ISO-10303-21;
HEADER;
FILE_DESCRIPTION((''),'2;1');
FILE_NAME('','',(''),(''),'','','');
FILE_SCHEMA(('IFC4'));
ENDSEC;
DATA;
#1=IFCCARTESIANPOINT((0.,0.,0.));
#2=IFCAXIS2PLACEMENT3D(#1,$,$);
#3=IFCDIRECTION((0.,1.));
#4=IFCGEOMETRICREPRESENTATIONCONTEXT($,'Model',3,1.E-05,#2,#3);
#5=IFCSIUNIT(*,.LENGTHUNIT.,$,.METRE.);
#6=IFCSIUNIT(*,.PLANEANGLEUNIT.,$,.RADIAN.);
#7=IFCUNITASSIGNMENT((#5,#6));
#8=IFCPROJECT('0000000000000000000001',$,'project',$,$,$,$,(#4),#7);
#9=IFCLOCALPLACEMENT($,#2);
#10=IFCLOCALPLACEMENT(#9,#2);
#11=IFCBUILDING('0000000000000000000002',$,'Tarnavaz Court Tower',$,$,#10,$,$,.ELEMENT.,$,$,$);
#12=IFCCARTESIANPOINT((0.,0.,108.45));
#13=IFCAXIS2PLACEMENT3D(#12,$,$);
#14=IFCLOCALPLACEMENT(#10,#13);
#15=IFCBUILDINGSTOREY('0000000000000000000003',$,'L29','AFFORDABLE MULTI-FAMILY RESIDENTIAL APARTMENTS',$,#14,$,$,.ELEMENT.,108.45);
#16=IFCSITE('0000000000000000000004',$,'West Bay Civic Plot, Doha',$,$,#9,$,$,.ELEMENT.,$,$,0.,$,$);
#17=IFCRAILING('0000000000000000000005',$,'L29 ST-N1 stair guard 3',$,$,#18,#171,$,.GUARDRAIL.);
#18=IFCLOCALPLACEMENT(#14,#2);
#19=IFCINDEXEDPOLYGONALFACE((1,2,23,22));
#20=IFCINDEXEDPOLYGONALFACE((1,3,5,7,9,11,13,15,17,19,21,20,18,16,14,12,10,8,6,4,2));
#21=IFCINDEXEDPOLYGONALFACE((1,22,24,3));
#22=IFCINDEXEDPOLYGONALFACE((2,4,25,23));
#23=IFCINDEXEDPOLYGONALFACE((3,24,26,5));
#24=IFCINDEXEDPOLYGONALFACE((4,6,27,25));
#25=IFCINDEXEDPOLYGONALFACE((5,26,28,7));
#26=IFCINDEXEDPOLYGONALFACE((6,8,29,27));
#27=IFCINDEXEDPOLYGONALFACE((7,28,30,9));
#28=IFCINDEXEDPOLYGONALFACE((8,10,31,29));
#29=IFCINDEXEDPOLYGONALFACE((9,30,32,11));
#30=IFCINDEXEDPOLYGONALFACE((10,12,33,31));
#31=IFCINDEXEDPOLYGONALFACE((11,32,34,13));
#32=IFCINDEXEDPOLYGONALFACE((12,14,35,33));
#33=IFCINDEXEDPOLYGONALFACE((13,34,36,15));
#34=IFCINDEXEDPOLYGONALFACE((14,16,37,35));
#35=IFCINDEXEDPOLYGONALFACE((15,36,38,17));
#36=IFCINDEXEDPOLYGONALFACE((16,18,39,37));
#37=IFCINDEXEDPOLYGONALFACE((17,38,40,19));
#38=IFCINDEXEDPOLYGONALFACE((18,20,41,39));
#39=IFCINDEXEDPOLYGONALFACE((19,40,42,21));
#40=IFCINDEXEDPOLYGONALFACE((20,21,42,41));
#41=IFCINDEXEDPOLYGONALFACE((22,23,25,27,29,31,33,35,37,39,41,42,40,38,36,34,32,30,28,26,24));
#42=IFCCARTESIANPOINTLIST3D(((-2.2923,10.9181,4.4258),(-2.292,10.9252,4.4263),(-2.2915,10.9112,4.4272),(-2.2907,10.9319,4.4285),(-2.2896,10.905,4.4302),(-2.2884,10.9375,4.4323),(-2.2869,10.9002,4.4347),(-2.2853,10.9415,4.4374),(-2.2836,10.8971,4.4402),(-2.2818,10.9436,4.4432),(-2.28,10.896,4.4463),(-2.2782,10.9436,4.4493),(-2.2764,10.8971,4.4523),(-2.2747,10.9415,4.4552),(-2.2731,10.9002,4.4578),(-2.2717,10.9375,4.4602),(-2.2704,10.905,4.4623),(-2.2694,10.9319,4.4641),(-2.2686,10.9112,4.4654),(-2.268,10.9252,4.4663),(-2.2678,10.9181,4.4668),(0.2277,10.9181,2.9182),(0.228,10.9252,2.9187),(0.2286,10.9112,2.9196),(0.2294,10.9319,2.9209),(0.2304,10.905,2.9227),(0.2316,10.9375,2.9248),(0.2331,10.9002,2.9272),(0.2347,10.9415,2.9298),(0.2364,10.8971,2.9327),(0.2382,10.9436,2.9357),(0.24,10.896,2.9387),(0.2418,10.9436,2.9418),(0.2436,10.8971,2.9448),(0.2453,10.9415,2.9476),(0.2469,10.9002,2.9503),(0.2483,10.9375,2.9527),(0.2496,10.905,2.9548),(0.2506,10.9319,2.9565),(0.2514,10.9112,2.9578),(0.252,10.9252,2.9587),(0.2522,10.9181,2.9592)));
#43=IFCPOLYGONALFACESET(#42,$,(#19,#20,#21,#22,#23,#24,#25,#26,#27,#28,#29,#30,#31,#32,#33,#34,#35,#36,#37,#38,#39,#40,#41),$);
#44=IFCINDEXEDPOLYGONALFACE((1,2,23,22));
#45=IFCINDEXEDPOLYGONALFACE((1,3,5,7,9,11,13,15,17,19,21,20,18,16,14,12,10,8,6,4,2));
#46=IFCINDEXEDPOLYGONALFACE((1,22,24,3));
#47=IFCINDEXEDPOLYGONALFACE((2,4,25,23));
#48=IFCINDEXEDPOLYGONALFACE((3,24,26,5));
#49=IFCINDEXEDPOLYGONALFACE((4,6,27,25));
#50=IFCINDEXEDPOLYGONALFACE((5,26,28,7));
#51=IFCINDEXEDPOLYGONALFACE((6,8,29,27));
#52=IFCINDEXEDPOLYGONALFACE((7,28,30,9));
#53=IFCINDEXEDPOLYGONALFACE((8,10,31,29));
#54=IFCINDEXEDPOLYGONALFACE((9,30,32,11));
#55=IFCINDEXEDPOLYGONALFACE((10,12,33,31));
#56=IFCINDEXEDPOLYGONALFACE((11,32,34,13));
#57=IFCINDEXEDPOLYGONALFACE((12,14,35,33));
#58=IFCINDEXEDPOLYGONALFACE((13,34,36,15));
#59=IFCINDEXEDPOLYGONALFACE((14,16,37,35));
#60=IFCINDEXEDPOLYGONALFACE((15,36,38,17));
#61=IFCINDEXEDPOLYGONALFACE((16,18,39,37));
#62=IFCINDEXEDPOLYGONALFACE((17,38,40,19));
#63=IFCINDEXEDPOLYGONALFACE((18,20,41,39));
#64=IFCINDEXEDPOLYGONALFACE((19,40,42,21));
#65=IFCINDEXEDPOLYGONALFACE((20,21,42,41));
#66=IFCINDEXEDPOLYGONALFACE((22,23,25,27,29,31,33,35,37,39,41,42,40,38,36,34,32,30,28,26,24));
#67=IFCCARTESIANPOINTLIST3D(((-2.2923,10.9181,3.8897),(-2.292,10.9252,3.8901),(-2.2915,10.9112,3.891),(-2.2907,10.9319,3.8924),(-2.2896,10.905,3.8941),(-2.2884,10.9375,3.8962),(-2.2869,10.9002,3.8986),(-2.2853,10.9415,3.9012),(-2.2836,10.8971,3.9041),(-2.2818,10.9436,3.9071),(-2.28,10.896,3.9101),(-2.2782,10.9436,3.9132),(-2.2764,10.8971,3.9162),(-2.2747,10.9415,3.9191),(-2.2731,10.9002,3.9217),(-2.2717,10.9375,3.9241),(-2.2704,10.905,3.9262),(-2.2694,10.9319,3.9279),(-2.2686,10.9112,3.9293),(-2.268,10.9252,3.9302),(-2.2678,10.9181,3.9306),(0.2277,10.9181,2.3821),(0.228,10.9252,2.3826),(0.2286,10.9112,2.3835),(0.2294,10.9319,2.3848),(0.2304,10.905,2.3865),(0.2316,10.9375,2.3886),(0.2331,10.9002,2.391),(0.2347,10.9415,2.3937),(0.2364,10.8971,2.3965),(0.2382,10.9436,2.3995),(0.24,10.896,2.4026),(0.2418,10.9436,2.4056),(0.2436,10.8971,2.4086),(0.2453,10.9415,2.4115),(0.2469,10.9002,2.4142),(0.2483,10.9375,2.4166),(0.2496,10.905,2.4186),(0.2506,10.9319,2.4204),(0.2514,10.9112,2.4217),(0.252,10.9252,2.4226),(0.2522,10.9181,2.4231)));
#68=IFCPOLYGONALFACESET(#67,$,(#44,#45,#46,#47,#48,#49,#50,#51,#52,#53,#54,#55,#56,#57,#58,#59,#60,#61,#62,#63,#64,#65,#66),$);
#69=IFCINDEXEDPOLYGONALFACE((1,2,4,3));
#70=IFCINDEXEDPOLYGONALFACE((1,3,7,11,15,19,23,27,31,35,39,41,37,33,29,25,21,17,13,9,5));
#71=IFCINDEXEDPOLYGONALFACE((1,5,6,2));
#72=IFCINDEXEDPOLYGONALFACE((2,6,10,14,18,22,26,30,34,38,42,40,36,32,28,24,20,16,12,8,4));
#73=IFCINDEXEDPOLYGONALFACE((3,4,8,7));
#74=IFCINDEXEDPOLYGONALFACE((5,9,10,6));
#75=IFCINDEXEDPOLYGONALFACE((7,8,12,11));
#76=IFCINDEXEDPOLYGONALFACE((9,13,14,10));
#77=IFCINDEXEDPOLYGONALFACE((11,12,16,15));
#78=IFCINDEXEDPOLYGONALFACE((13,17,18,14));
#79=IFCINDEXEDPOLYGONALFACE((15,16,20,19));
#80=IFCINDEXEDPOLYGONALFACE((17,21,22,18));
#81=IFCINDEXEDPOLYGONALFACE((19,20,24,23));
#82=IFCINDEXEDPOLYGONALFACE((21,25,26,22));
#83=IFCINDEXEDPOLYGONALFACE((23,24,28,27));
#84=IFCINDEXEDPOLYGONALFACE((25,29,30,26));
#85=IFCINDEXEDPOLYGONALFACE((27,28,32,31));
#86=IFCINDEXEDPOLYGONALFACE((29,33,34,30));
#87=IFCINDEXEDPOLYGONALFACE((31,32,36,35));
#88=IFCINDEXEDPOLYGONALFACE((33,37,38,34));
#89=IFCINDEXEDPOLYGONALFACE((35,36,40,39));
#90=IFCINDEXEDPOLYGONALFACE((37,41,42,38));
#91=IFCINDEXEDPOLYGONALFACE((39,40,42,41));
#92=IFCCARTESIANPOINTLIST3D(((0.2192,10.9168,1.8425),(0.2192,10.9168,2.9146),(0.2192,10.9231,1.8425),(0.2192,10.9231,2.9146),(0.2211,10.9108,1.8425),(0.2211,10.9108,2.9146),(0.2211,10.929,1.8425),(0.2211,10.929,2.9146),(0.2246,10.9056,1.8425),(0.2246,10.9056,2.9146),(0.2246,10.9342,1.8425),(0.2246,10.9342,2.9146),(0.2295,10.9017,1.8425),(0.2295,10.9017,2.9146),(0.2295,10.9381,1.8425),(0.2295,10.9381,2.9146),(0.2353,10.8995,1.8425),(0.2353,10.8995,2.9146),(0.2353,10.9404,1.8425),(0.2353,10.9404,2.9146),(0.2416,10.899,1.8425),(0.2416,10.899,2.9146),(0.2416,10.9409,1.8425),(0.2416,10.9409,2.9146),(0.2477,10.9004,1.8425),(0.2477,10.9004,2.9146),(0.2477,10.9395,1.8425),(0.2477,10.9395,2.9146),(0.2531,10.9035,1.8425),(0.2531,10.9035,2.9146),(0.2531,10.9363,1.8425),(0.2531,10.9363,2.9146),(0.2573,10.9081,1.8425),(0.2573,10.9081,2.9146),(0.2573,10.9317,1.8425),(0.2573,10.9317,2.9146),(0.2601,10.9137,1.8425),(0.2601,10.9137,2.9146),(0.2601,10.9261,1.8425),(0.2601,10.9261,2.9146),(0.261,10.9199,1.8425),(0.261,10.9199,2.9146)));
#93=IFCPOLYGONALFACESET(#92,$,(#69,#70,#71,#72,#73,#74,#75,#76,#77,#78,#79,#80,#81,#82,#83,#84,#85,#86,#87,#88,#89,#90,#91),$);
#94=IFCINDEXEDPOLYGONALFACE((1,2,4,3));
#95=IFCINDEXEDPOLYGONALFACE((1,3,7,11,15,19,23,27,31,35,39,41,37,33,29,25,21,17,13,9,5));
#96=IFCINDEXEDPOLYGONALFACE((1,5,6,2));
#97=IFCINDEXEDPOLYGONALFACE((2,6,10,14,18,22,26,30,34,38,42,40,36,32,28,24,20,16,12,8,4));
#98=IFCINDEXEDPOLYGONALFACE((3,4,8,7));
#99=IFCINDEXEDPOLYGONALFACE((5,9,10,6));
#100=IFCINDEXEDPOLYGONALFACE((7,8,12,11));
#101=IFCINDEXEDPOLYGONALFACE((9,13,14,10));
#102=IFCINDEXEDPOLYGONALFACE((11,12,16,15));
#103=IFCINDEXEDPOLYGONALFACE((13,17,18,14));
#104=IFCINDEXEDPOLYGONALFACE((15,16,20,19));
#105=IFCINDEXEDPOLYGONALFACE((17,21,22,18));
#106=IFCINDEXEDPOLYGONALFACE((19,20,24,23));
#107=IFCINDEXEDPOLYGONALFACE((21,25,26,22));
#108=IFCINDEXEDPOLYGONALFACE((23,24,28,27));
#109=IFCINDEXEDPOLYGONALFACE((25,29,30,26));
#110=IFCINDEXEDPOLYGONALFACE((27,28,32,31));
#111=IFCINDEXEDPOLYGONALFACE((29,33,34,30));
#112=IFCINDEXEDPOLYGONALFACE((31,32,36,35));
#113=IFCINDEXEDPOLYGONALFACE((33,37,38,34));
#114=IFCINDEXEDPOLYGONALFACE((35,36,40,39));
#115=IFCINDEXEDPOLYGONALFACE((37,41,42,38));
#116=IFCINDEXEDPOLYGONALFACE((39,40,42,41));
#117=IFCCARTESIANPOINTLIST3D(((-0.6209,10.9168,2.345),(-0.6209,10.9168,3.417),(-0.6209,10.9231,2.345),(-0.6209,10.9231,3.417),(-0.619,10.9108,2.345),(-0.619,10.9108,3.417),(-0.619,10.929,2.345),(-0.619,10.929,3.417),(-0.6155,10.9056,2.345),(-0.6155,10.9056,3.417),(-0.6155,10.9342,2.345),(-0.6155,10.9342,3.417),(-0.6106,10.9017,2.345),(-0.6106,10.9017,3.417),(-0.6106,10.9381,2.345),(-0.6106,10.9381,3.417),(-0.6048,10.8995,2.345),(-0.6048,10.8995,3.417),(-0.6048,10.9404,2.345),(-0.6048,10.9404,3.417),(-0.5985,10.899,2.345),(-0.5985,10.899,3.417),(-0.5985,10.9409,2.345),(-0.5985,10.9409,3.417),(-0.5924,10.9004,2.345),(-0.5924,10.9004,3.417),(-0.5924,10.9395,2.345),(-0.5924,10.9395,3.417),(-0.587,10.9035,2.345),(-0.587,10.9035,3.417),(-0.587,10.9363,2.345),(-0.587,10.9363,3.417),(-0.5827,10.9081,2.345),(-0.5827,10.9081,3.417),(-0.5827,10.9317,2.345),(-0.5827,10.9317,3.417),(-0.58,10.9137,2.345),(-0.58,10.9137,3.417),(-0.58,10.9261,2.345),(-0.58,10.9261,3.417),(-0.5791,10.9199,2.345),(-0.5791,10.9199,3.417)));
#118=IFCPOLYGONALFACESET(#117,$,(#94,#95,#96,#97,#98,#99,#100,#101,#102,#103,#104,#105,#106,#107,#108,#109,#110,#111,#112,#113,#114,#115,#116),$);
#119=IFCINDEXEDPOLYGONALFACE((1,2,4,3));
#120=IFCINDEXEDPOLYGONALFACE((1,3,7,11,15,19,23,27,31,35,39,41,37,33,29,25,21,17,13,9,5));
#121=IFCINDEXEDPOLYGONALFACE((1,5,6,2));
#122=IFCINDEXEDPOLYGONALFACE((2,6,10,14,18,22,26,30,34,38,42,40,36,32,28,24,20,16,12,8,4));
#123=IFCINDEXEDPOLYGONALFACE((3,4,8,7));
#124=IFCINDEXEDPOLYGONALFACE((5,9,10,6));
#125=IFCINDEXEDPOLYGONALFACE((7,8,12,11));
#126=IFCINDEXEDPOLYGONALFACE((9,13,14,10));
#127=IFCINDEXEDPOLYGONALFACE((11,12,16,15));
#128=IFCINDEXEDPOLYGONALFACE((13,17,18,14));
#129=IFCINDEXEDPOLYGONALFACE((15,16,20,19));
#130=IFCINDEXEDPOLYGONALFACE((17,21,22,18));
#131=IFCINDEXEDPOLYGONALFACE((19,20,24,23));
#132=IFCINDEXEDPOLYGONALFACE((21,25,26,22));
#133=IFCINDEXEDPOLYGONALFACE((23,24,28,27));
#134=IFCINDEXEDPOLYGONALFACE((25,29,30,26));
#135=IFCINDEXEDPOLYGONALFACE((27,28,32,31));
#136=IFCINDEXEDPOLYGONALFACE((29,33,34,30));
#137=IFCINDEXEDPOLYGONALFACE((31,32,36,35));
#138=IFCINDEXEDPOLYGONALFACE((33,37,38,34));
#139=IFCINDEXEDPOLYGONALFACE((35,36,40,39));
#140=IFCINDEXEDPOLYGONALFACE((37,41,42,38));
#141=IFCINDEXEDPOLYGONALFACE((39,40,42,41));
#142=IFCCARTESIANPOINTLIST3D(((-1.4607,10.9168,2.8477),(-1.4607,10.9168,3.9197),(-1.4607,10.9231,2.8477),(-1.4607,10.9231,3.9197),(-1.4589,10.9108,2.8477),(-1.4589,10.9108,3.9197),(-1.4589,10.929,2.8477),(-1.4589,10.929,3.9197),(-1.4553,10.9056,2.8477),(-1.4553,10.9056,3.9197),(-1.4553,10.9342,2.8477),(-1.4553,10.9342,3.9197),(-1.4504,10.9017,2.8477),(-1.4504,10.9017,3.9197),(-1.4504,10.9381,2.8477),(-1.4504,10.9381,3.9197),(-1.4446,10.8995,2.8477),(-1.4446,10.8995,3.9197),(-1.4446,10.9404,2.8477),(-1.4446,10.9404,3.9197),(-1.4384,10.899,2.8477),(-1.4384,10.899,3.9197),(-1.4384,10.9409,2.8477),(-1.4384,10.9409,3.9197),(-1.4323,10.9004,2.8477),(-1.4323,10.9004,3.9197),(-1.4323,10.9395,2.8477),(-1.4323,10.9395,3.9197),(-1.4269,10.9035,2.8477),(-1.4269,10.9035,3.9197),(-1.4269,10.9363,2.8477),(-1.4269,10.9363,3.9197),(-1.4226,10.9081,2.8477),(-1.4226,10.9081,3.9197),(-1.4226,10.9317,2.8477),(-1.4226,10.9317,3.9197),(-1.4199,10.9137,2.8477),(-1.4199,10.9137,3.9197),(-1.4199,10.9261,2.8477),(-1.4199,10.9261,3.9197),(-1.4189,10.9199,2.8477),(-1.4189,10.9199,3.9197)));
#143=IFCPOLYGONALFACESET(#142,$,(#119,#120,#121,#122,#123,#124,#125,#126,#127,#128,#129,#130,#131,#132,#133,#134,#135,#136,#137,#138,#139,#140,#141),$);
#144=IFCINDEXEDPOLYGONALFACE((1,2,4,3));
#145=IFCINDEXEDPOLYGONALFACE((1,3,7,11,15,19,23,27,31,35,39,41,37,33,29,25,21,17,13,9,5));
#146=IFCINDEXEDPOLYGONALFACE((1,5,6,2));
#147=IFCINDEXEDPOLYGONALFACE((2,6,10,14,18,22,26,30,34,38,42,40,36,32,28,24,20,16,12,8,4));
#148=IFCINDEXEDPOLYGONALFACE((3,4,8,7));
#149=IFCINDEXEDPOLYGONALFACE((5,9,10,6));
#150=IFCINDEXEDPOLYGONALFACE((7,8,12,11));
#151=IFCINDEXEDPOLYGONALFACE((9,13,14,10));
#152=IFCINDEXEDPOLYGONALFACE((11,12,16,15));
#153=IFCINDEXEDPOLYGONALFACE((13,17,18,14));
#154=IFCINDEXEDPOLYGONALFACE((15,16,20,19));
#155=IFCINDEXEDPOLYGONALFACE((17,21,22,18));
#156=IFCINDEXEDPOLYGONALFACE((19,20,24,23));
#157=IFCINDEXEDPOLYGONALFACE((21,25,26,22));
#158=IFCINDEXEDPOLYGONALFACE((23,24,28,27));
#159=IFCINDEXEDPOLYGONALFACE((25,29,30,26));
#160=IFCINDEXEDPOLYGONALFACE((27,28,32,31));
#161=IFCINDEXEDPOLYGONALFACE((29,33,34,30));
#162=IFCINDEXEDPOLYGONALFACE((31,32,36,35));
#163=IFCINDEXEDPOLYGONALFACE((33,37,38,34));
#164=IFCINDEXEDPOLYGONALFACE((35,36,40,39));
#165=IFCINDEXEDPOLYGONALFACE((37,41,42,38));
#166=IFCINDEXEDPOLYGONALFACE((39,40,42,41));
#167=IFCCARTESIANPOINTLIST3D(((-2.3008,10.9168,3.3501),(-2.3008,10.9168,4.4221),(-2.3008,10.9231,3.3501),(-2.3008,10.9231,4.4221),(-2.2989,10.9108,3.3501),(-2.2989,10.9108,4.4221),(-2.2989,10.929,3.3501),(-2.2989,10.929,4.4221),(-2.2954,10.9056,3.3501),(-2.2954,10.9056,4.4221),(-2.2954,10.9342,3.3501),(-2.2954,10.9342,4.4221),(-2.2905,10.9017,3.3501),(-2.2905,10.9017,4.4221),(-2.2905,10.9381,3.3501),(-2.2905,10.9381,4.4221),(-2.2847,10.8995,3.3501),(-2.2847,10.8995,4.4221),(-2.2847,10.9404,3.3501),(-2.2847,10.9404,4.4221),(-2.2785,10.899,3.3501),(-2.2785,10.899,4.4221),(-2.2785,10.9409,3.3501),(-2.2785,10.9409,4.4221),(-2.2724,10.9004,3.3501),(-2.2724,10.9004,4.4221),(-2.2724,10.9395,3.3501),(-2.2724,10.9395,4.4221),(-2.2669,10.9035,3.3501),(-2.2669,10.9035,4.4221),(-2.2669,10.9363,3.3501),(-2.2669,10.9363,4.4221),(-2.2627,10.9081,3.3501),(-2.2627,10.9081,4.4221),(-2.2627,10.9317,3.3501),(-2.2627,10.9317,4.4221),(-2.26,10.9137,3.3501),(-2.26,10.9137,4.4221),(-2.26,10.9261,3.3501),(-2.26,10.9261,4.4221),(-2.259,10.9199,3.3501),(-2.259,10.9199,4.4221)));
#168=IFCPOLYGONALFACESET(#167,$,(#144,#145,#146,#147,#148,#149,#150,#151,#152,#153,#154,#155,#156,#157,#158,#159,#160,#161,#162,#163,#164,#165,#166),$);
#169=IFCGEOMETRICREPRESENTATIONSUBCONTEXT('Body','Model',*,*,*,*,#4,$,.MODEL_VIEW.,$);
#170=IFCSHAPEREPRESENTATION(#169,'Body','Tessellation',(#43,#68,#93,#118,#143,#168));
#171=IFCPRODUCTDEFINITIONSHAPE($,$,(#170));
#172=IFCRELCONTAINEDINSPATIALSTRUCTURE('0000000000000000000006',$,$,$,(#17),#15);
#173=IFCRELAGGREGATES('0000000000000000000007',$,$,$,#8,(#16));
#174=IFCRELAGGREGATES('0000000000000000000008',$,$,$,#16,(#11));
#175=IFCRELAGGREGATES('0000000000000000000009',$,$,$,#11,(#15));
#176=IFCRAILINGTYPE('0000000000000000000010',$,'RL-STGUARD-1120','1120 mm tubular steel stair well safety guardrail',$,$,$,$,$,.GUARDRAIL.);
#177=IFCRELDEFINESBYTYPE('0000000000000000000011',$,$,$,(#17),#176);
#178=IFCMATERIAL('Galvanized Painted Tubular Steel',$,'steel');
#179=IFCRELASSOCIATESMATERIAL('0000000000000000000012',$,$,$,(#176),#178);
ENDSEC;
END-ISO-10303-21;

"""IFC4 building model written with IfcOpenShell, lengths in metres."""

from ifc_helpers import new_model, si_unit, direction, frame, origin, origin_2d, place, context, subcontext, project, spatial, circle, extrude, material, type_object, element, save


model = new_model("IFC4")

# Units and contexts
model_context = context("Model", 3, precision=1e-05, world=origin(), true_north=direction((0.0, 1.0)))
body_context = subcontext(model_context, "Body", "Model", "MODEL_VIEW")
ifc_project = project(units=[si_unit("LENGTHUNIT", "METRE"), si_unit("PLANEANGLEUNIT", "RADIAN")], contexts=[model_context])

# Site, building, storey
site_placement = place(None, origin())
site = spatial("IfcSite", under=ifc_project, at=site_placement, Name="West Bay Civic Plot, Doha", CompositionType="ELEMENT", RefElevation=0.0)
building_placement = place(site_placement, origin())
building = spatial("IfcBuilding", under=site, at=building_placement, Name="Tarnavaz Court Tower", CompositionType="ELEMENT")
storey_placement = place(building_placement, frame((0.0, 0.0, 108.45)))
storey = spatial("IfcBuildingStorey", under=building, at=storey_placement, Name="L29", Description="AFFORDABLE MULTI-FAMILY RESIDENTIAL APARTMENTS", CompositionType="ELEMENT", Elevation=108.45)

# Railing
ifc_material_1 = material(Name="Galvanized Painted Tubular Steel", Category="steel")
railing_type_1 = type_object("IfcRailingType", Name="RL-STGUARD-1120", Description="1120 mm tubular steel stair well safety guardrail", PredefinedType="GUARDRAIL", material=ifc_material_1)
railing_1_placement = place(storey_placement, frame((0.24, 10.9199, 1.8425)))
element("IfcRailing", 1, at=railing_1_placement, inside=storey, type_object=railing_type_1, Name="L29 ST-N1 stair guard 3", PredefinedType="GUARDRAIL", context=body_context, shape_type="SweptSolid", body=[
    extrude(circle(Radius=0.0239, at=origin_2d()), frame((0.0, 0.0, 1.0962), z_axis=(-0.85816, 0.0, 0.513383), x_axis=(0.0, -1.0, 0.0)), (0.0, 0.0, 1.0), 2.9365),
    extrude(circle(Radius=0.0239, at=origin_2d()), frame((0.0, 0.0, 0.5601), z_axis=(-0.85816, 0.0, 0.513383), x_axis=(0.0, -1.0, 0.0)), (0.0, 0.0, 1.0), 2.9365),
    extrude(circle(Radius=0.021, at=origin_2d()), origin(), (0.0, 0.0, 1.0), 1.072),
    extrude(circle(Radius=0.021, at=origin_2d()), frame((-0.8401, 0.0, 0.5024)), (0.0, 0.0, 1.0), 1.072),
    extrude(circle(Radius=0.021, at=origin_2d()), frame((-1.6799, 0.0, 1.0051)), (0.0, 0.0, 1.0), 1.072),
    extrude(circle(Radius=0.021, at=origin_2d()), frame((-2.52, 0.0, 1.5076)), (0.0, 0.0, 1.0), 1.072),
])

save(model, "model.ifc")
